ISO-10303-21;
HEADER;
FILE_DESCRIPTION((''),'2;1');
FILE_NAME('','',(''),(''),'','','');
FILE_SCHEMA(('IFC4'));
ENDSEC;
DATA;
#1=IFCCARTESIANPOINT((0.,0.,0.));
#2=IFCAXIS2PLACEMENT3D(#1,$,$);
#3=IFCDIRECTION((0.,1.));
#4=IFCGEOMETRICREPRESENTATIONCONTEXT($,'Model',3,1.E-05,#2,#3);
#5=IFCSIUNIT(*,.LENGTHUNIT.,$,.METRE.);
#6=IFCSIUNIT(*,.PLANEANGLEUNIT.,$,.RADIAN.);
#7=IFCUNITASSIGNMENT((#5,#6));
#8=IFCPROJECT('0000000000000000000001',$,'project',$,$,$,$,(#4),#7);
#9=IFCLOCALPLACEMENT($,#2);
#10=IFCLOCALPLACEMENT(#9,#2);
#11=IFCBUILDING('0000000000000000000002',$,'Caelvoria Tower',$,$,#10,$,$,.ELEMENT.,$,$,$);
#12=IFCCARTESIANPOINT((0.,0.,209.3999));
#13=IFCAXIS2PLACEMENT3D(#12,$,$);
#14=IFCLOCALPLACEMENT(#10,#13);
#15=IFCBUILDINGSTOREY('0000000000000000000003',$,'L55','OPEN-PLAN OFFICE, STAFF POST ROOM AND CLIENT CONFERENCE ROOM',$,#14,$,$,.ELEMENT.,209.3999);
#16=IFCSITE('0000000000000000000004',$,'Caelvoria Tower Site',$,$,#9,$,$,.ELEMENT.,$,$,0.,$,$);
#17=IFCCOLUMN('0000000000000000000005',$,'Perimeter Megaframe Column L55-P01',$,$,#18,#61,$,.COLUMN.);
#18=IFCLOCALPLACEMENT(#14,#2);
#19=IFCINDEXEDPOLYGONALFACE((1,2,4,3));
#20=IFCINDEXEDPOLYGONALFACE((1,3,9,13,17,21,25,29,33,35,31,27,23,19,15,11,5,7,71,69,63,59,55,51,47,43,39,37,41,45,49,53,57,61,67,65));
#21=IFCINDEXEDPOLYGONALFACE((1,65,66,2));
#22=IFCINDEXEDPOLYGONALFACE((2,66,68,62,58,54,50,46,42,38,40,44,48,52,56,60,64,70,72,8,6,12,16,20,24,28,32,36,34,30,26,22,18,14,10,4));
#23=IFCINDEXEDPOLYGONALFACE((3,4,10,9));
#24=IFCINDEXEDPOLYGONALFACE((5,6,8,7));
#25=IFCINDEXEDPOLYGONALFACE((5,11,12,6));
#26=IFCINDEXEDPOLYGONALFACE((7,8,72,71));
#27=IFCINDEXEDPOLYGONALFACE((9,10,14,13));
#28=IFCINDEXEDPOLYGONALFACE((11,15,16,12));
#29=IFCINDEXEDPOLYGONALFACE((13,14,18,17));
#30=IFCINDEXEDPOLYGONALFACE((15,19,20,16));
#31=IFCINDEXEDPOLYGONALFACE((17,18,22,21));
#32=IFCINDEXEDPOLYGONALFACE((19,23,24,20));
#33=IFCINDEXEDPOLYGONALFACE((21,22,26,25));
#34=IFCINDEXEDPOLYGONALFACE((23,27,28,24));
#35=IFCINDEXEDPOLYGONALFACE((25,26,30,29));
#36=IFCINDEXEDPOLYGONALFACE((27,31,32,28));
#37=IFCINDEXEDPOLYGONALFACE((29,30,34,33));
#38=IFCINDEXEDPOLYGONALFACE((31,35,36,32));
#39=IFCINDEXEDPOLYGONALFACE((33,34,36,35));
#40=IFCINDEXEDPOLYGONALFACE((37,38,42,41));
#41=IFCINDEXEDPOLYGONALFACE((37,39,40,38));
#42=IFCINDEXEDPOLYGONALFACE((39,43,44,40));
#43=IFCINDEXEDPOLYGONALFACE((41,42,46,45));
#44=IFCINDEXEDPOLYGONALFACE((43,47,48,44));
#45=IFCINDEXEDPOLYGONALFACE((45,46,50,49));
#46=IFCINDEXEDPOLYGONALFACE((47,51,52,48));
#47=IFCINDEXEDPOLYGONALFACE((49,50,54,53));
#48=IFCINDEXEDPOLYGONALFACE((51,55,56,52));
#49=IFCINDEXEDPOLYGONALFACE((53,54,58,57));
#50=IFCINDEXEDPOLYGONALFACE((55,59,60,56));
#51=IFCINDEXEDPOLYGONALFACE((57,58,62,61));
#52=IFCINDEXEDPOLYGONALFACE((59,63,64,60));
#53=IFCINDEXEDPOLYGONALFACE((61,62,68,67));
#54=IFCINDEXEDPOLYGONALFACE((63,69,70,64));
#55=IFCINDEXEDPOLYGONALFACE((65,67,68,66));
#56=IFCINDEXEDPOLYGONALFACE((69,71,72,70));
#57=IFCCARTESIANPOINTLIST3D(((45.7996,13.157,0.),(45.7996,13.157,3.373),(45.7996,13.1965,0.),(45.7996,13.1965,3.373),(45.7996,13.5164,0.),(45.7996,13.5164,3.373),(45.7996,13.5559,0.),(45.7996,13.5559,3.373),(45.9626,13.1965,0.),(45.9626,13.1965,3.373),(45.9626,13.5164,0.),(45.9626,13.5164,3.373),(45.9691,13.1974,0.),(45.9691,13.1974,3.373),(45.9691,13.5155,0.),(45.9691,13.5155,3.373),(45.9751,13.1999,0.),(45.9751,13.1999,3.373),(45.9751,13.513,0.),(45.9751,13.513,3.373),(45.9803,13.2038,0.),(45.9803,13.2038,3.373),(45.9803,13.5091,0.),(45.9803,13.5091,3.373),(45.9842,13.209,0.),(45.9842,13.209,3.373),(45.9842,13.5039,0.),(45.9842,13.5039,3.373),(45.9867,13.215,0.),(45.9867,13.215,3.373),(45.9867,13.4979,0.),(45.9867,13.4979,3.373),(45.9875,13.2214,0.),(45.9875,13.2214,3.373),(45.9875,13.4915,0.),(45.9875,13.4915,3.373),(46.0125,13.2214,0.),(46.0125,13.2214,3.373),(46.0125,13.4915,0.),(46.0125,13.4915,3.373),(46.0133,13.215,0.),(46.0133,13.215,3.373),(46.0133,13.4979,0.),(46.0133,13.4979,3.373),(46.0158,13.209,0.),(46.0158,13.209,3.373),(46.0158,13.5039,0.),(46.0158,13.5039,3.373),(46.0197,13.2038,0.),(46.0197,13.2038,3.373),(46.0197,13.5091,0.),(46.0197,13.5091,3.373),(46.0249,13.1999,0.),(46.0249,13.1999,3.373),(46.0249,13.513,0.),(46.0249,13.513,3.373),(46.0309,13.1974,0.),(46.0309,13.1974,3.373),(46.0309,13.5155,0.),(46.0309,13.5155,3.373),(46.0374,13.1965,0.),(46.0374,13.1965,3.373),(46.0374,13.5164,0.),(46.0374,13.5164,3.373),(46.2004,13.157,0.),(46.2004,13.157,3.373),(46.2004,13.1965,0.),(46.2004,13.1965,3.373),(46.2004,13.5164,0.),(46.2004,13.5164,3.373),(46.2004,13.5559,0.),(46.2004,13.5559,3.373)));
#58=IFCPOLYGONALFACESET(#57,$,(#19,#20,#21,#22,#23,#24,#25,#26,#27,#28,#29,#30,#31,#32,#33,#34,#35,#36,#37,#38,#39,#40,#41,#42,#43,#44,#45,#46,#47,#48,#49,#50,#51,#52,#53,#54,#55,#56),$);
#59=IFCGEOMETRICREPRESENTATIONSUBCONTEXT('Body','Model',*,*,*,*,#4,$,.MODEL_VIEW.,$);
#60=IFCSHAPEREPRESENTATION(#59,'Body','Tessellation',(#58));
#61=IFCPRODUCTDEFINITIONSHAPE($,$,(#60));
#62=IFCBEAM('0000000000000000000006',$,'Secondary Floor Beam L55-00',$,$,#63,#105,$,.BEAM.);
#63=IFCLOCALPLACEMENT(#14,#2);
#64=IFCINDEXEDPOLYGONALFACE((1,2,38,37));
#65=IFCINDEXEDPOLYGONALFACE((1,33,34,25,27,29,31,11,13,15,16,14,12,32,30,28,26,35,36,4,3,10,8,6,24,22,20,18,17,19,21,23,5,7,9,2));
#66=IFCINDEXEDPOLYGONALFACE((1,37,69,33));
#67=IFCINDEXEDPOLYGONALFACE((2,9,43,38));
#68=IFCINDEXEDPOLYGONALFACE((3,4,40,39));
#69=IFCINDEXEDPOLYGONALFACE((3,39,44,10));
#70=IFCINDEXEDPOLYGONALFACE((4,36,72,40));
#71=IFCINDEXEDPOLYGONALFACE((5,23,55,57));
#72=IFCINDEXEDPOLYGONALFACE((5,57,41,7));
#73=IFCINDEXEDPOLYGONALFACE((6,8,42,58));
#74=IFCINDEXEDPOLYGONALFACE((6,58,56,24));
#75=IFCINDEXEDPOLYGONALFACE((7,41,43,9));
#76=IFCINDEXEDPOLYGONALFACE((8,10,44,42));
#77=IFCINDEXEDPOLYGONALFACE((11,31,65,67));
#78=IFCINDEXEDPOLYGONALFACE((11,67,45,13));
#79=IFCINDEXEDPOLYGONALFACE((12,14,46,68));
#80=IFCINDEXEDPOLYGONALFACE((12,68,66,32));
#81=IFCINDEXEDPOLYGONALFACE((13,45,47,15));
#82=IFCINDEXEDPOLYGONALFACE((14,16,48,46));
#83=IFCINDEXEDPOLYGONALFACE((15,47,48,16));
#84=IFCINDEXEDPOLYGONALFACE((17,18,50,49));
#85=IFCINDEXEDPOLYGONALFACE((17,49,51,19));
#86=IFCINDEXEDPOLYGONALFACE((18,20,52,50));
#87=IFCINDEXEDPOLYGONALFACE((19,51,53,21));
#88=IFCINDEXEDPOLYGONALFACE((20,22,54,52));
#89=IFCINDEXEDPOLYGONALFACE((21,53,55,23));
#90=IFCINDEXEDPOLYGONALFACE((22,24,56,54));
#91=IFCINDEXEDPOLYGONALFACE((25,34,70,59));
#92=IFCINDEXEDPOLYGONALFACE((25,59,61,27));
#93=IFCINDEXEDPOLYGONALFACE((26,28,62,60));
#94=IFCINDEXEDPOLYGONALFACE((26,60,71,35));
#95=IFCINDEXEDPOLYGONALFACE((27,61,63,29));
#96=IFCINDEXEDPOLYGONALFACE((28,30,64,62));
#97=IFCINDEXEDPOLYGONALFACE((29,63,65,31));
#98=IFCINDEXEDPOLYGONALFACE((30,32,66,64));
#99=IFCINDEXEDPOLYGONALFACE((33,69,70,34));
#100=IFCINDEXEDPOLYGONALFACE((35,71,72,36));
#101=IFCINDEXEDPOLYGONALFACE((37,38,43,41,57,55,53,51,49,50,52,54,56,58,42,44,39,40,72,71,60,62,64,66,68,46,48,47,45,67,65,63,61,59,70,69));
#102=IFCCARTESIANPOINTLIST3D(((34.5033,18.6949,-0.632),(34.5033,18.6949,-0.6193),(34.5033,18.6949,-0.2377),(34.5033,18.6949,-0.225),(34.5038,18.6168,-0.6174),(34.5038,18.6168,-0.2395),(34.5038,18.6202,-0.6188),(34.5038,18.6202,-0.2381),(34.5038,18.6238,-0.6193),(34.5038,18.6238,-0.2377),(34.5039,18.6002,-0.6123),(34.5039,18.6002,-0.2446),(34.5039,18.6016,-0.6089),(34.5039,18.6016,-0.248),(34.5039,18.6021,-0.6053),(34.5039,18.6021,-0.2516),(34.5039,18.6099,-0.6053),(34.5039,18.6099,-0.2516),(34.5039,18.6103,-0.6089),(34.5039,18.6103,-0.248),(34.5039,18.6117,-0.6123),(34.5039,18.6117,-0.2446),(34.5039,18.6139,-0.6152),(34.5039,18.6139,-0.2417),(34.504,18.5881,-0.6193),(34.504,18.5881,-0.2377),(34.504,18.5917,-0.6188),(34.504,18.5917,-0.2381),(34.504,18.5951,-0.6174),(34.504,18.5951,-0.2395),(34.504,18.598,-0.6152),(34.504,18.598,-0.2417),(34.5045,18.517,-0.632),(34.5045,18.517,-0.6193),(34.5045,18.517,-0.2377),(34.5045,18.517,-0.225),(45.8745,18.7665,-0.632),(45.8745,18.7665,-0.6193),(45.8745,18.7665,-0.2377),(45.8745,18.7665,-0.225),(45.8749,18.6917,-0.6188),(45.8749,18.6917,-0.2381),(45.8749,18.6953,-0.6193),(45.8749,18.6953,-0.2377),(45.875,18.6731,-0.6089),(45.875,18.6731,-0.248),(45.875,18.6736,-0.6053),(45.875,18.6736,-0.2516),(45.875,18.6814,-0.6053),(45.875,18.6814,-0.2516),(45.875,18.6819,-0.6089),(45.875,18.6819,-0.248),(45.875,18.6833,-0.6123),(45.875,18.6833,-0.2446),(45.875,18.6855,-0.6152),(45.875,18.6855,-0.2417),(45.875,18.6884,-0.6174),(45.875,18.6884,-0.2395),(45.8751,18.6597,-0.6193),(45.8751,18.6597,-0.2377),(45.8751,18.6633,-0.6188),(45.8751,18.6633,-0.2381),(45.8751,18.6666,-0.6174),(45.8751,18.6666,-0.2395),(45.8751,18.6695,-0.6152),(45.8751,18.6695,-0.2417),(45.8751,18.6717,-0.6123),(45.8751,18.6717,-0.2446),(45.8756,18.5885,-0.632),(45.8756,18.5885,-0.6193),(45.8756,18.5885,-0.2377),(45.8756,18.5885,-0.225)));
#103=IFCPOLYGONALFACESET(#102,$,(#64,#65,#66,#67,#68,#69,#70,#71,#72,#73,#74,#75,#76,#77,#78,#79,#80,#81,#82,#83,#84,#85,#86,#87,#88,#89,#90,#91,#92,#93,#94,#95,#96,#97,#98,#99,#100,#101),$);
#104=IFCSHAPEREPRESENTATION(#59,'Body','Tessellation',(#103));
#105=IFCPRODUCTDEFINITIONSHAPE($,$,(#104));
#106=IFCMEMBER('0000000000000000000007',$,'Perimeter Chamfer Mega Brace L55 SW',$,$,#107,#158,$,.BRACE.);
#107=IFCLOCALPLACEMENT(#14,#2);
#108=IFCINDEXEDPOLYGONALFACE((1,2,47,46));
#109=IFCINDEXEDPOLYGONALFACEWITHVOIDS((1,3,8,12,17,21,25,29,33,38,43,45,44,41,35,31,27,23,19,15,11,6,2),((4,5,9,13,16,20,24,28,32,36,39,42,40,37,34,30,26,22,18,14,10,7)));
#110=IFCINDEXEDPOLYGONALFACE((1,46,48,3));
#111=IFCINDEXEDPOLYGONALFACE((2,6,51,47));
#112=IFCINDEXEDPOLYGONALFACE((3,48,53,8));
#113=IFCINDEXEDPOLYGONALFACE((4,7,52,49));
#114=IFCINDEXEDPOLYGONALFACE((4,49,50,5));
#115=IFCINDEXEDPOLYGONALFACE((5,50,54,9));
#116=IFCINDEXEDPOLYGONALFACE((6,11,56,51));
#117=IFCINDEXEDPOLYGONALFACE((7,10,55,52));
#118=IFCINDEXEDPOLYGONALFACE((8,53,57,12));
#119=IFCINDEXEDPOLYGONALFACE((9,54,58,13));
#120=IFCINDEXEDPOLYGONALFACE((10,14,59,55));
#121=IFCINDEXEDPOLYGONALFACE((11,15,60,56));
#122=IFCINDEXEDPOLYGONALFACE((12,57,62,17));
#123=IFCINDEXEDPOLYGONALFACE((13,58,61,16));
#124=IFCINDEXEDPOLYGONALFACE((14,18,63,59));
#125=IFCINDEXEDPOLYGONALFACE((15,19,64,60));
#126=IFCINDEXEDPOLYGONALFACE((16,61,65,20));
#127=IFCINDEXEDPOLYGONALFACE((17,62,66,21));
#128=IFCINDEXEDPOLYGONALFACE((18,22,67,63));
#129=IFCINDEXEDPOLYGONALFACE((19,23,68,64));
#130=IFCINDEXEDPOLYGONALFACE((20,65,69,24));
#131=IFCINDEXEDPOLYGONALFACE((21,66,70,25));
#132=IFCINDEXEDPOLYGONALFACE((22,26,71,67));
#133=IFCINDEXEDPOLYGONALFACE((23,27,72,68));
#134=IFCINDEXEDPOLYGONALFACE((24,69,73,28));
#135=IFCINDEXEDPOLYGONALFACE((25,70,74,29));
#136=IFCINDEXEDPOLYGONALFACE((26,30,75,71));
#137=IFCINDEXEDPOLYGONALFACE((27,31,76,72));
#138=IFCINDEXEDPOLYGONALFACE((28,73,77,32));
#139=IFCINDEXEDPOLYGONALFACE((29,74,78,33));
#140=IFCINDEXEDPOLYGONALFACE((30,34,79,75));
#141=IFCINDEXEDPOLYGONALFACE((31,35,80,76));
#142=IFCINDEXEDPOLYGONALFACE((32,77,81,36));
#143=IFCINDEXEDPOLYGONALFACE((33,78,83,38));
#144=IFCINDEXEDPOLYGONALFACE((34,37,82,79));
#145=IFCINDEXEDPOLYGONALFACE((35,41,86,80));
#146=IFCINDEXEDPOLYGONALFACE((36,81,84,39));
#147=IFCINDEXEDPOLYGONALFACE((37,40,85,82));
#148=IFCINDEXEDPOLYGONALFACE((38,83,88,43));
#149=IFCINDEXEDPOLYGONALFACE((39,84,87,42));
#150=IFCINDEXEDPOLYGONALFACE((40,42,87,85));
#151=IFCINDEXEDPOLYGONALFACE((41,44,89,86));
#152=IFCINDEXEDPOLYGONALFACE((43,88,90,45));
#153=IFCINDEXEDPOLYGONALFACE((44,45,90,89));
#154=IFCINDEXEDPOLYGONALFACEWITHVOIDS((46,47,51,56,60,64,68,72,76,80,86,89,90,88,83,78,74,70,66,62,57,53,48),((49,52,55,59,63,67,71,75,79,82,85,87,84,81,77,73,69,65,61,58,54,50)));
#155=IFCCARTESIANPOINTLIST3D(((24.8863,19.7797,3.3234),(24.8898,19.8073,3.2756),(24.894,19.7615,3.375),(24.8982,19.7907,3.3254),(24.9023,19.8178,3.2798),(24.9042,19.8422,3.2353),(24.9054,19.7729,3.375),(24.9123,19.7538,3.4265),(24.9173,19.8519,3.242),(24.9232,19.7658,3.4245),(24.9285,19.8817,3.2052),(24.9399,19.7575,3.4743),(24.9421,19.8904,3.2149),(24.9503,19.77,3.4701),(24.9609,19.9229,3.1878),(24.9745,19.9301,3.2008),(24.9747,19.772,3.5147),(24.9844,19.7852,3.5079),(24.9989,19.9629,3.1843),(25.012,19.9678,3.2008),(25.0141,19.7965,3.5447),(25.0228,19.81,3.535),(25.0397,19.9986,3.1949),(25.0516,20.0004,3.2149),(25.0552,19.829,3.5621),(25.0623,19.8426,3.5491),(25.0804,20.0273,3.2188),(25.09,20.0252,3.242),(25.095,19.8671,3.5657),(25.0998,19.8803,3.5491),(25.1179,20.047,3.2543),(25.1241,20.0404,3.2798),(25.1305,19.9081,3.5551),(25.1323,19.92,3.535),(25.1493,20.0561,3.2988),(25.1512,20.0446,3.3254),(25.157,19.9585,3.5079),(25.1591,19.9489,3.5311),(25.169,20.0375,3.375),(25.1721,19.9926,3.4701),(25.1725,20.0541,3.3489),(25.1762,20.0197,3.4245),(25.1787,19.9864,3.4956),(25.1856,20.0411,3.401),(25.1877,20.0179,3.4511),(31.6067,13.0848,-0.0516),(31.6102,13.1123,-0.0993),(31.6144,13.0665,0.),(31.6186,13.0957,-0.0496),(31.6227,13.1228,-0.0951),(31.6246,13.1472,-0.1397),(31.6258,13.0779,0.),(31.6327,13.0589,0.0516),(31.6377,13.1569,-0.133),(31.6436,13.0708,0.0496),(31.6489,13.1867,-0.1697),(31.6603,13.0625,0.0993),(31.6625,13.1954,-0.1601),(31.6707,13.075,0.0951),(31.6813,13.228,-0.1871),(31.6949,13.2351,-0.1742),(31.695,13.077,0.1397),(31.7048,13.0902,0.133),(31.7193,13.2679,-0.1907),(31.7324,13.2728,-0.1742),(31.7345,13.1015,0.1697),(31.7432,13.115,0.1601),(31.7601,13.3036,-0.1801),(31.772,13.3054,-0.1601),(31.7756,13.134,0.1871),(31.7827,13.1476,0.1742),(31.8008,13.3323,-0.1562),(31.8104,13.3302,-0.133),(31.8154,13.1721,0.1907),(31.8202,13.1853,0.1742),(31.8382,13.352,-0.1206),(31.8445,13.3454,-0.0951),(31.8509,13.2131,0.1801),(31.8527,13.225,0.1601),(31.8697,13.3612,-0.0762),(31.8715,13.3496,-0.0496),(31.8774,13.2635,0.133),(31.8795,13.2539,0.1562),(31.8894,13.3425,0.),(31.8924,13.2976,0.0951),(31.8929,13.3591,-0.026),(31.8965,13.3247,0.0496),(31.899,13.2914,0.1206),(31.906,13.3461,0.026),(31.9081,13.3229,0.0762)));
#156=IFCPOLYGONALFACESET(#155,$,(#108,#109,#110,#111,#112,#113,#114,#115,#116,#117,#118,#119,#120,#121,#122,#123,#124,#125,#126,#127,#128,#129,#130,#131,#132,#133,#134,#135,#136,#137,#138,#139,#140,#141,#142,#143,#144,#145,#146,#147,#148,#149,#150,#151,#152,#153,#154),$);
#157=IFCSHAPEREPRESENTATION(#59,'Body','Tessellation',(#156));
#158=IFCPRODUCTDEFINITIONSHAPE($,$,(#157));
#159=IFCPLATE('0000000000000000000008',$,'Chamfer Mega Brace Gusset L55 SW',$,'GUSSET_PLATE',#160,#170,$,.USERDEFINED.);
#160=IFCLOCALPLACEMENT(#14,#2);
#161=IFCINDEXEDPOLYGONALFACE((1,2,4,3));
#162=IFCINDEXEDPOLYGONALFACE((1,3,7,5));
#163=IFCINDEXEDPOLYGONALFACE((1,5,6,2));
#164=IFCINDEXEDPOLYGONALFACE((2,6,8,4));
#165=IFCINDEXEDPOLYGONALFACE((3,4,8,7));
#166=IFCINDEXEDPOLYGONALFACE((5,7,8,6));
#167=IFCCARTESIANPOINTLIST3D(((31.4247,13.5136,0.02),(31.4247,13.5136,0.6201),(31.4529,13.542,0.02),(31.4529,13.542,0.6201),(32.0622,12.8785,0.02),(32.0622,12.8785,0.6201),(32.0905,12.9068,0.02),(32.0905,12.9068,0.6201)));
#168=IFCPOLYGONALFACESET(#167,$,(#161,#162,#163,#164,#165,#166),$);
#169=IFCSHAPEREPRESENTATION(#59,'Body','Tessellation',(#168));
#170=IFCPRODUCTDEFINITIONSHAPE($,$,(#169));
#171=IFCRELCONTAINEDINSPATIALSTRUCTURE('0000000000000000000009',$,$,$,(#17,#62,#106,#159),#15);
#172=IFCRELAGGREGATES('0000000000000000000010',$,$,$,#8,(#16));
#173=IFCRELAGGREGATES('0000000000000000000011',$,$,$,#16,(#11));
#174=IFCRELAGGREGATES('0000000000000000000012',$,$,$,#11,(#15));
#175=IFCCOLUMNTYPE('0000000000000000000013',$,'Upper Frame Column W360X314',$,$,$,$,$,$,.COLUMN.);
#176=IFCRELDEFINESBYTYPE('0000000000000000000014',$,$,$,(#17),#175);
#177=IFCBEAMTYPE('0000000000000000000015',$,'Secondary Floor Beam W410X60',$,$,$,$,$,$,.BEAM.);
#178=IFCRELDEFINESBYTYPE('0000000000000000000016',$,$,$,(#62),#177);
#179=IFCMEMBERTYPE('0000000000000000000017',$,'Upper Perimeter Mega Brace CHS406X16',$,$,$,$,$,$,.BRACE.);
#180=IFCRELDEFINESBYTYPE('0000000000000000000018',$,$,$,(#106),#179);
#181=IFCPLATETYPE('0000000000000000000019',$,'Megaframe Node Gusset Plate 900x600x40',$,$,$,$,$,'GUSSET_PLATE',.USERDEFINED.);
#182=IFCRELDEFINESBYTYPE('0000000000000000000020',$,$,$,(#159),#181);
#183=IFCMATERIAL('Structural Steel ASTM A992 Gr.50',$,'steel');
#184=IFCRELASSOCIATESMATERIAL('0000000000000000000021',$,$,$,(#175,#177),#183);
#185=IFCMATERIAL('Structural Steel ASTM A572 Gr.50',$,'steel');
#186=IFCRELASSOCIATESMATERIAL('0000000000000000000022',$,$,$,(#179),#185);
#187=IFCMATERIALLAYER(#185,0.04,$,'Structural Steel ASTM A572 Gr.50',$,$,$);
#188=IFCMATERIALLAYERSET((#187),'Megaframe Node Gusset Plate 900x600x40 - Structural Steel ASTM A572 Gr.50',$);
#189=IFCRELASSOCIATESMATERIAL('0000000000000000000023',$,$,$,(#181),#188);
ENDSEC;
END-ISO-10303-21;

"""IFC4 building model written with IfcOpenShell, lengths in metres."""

from ifc_helpers import new_model, si_unit, direction, frame, origin, origin_2d, place, context, subcontext, project, spatial, rectangle, hollow_circle, i_section, extrude, material, layer, layer_set, material_profile, profile_set, type_object, element, save


model = new_model("IFC4")

# Units and contexts
model_context = context("Model", 3, precision=1e-05, world=origin(), true_north=direction((0.0, 1.0)))
body_context = subcontext(model_context, "Body", "Model", "MODEL_VIEW")
ifc_project = project(units=[si_unit("LENGTHUNIT", "METRE"), si_unit("PLANEANGLEUNIT", "RADIAN")], contexts=[model_context])

# Site, building, storey
site_placement = place(None, origin())
site = spatial("IfcSite", under=ifc_project, at=site_placement, Name="Caelvoria Tower Site", CompositionType="ELEMENT", RefElevation=0.0)
building_placement = place(site_placement, origin())
building = spatial("IfcBuilding", under=site, at=building_placement, Name="Caelvoria Tower", CompositionType="ELEMENT")
storey_placement = place(building_placement, frame((0.0, 0.0, 209.3999)))
storey = spatial("IfcBuildingStorey", under=building, at=storey_placement, Name="L55", Description="OPEN-PLAN OFFICE, STAFF POST ROOM AND CLIENT CONFERENCE ROOM", CompositionType="ELEMENT", Elevation=209.3999)

# Column
ifc_material_1 = material(Name="Structural Steel ASTM A992 Gr.50", Category="steel")
ifc_material_profile_1 = material_profile(ifc_material_1, i_section(OverallWidth=0.4009, OverallDepth=0.3989, WebThickness=0.0249, FlangeThickness=0.0396, FilletRadius=0.0249, at=origin_2d()), Name="Structural Steel ASTM A992 Gr.50")
ifc_profile_set_1 = profile_set([ifc_material_profile_1], Name="W360X314 - Structural Steel ASTM A992 Gr.50")
column_type = type_object("IfcColumnType", Name="Upper Frame Column W360X314", PredefinedType="COLUMN", material=ifc_profile_set_1)
column_placement = place(storey_placement, frame((46.0, 13.3564, 0.0), z_axis=(0.0, 0.0, 1.0), x_axis=(1.0, 0.0, 0.0)))
element("IfcColumn", 1, at=column_placement, inside=storey, type_object=column_type, Name="Perimeter Megaframe Column L55-P01", PredefinedType="COLUMN", context=body_context, shape_type="SweptSolid", body=[
    extrude(i_section(OverallWidth=0.4009, OverallDepth=0.3989, WebThickness=0.0249, FlangeThickness=0.0396, FilletRadius=0.0249, at=origin_2d()), origin(), (0.0, 0.0, 1.0), 3.373),
])

# Beam
ifc_material_profile_2 = material_profile(ifc_material_1, i_section(OverallWidth=0.178, OverallDepth=0.407, WebThickness=0.0078, FlangeThickness=0.0127, FilletRadius=0.0139, at=origin_2d()), Name="Structural Steel ASTM A992 Gr.50")
ifc_profile_set_2 = profile_set([ifc_material_profile_2], Name="W410X60 - Structural Steel ASTM A992 Gr.50")
beam_type = type_object("IfcBeamType", Name="Secondary Floor Beam W410X60", PredefinedType="BEAM", material=ifc_profile_set_2)
beam_placement = place(storey_placement, frame((34.5039, 18.606, -0.4285), z_axis=(0.99998, 0.006291, 0.0), x_axis=(-0.006291, 0.99998, 0.0)))
element("IfcBeam", 2, at=beam_placement, inside=storey, type_object=beam_type, Name="Secondary Floor Beam L55-00", PredefinedType="BEAM", context=body_context, shape_type="SweptSolid", body=[
    extrude(i_section(OverallWidth=0.178, OverallDepth=0.407, WebThickness=0.0078, FlangeThickness=0.0127, FilletRadius=0.0139, at=origin_2d()), origin(), (0.0, 0.0, 1.0), 11.3713),
])

# Member
ifc_material_2 = material(Name="Structural Steel ASTM A572 Gr.50", Category="steel")
ifc_material_profile_3 = material_profile(ifc_material_2, hollow_circle(Radius=0.2029, WallThickness=0.0161, at=origin_2d()), Name="Structural Steel ASTM A572 Gr.50")
ifc_profile_set_3 = profile_set([ifc_material_profile_3], Name="CHS406X16 - Structural Steel ASTM A572 Gr.50")
member_type = type_object("IfcMemberType", Name="Upper Perimeter Mega Brace CHS406X16", PredefinedType="BRACE", material=ifc_profile_set_3)
member_placement = place(storey_placement, frame((31.7576, 13.2102, 0.0), z_axis=(-0.667459, 0.664937, 0.335197), x_axis=(-0.705767, -0.708444, 0.0)))
element("IfcMember", 3, at=member_placement, inside=storey, type_object=member_type, Name="Perimeter Chamfer Mega Brace L55 SW", PredefinedType="BRACE", context=body_context, shape_type="SweptSolid", body=[
    extrude(hollow_circle(Radius=0.2029, WallThickness=0.0161, at=origin_2d()), origin(), (0.0, 0.0, 1.0), 10.0686),
])

# Plate
ifc_layer_1 = layer(ifc_material_2, 0.04, Name="Structural Steel ASTM A572 Gr.50")
ifc_layer_set_1 = layer_set([ifc_layer_1], Name="Megaframe Node Gusset Plate 900x600x40 - Structural Steel ASTM A572 Gr.50")
plate_type = type_object("IfcPlateType", Name="Megaframe Node Gusset Plate 900x600x40", ElementType="GUSSET_PLATE", PredefinedType="USERDEFINED", material=ifc_layer_set_1)
plate_placement = place(storey_placement, frame((31.7576, 13.2102, 0.02), z_axis=(0.0, 0.0, 1.0), x_axis=(-0.70844, 0.705771, 0.0)))
element("IfcPlate", 4, at=plate_placement, inside=storey, type_object=plate_type, Name="Chamfer Mega Brace Gusset L55 SW", ObjectType="GUSSET_PLATE", PredefinedType="USERDEFINED", context=body_context, shape_type="SweptSolid", body=[
    extrude(rectangle(XDim=0.8999, YDim=0.04, at=origin_2d()), origin(), (0.0, 0.0, 1.0), 0.6001),
])

save(model, "model.ifc")
